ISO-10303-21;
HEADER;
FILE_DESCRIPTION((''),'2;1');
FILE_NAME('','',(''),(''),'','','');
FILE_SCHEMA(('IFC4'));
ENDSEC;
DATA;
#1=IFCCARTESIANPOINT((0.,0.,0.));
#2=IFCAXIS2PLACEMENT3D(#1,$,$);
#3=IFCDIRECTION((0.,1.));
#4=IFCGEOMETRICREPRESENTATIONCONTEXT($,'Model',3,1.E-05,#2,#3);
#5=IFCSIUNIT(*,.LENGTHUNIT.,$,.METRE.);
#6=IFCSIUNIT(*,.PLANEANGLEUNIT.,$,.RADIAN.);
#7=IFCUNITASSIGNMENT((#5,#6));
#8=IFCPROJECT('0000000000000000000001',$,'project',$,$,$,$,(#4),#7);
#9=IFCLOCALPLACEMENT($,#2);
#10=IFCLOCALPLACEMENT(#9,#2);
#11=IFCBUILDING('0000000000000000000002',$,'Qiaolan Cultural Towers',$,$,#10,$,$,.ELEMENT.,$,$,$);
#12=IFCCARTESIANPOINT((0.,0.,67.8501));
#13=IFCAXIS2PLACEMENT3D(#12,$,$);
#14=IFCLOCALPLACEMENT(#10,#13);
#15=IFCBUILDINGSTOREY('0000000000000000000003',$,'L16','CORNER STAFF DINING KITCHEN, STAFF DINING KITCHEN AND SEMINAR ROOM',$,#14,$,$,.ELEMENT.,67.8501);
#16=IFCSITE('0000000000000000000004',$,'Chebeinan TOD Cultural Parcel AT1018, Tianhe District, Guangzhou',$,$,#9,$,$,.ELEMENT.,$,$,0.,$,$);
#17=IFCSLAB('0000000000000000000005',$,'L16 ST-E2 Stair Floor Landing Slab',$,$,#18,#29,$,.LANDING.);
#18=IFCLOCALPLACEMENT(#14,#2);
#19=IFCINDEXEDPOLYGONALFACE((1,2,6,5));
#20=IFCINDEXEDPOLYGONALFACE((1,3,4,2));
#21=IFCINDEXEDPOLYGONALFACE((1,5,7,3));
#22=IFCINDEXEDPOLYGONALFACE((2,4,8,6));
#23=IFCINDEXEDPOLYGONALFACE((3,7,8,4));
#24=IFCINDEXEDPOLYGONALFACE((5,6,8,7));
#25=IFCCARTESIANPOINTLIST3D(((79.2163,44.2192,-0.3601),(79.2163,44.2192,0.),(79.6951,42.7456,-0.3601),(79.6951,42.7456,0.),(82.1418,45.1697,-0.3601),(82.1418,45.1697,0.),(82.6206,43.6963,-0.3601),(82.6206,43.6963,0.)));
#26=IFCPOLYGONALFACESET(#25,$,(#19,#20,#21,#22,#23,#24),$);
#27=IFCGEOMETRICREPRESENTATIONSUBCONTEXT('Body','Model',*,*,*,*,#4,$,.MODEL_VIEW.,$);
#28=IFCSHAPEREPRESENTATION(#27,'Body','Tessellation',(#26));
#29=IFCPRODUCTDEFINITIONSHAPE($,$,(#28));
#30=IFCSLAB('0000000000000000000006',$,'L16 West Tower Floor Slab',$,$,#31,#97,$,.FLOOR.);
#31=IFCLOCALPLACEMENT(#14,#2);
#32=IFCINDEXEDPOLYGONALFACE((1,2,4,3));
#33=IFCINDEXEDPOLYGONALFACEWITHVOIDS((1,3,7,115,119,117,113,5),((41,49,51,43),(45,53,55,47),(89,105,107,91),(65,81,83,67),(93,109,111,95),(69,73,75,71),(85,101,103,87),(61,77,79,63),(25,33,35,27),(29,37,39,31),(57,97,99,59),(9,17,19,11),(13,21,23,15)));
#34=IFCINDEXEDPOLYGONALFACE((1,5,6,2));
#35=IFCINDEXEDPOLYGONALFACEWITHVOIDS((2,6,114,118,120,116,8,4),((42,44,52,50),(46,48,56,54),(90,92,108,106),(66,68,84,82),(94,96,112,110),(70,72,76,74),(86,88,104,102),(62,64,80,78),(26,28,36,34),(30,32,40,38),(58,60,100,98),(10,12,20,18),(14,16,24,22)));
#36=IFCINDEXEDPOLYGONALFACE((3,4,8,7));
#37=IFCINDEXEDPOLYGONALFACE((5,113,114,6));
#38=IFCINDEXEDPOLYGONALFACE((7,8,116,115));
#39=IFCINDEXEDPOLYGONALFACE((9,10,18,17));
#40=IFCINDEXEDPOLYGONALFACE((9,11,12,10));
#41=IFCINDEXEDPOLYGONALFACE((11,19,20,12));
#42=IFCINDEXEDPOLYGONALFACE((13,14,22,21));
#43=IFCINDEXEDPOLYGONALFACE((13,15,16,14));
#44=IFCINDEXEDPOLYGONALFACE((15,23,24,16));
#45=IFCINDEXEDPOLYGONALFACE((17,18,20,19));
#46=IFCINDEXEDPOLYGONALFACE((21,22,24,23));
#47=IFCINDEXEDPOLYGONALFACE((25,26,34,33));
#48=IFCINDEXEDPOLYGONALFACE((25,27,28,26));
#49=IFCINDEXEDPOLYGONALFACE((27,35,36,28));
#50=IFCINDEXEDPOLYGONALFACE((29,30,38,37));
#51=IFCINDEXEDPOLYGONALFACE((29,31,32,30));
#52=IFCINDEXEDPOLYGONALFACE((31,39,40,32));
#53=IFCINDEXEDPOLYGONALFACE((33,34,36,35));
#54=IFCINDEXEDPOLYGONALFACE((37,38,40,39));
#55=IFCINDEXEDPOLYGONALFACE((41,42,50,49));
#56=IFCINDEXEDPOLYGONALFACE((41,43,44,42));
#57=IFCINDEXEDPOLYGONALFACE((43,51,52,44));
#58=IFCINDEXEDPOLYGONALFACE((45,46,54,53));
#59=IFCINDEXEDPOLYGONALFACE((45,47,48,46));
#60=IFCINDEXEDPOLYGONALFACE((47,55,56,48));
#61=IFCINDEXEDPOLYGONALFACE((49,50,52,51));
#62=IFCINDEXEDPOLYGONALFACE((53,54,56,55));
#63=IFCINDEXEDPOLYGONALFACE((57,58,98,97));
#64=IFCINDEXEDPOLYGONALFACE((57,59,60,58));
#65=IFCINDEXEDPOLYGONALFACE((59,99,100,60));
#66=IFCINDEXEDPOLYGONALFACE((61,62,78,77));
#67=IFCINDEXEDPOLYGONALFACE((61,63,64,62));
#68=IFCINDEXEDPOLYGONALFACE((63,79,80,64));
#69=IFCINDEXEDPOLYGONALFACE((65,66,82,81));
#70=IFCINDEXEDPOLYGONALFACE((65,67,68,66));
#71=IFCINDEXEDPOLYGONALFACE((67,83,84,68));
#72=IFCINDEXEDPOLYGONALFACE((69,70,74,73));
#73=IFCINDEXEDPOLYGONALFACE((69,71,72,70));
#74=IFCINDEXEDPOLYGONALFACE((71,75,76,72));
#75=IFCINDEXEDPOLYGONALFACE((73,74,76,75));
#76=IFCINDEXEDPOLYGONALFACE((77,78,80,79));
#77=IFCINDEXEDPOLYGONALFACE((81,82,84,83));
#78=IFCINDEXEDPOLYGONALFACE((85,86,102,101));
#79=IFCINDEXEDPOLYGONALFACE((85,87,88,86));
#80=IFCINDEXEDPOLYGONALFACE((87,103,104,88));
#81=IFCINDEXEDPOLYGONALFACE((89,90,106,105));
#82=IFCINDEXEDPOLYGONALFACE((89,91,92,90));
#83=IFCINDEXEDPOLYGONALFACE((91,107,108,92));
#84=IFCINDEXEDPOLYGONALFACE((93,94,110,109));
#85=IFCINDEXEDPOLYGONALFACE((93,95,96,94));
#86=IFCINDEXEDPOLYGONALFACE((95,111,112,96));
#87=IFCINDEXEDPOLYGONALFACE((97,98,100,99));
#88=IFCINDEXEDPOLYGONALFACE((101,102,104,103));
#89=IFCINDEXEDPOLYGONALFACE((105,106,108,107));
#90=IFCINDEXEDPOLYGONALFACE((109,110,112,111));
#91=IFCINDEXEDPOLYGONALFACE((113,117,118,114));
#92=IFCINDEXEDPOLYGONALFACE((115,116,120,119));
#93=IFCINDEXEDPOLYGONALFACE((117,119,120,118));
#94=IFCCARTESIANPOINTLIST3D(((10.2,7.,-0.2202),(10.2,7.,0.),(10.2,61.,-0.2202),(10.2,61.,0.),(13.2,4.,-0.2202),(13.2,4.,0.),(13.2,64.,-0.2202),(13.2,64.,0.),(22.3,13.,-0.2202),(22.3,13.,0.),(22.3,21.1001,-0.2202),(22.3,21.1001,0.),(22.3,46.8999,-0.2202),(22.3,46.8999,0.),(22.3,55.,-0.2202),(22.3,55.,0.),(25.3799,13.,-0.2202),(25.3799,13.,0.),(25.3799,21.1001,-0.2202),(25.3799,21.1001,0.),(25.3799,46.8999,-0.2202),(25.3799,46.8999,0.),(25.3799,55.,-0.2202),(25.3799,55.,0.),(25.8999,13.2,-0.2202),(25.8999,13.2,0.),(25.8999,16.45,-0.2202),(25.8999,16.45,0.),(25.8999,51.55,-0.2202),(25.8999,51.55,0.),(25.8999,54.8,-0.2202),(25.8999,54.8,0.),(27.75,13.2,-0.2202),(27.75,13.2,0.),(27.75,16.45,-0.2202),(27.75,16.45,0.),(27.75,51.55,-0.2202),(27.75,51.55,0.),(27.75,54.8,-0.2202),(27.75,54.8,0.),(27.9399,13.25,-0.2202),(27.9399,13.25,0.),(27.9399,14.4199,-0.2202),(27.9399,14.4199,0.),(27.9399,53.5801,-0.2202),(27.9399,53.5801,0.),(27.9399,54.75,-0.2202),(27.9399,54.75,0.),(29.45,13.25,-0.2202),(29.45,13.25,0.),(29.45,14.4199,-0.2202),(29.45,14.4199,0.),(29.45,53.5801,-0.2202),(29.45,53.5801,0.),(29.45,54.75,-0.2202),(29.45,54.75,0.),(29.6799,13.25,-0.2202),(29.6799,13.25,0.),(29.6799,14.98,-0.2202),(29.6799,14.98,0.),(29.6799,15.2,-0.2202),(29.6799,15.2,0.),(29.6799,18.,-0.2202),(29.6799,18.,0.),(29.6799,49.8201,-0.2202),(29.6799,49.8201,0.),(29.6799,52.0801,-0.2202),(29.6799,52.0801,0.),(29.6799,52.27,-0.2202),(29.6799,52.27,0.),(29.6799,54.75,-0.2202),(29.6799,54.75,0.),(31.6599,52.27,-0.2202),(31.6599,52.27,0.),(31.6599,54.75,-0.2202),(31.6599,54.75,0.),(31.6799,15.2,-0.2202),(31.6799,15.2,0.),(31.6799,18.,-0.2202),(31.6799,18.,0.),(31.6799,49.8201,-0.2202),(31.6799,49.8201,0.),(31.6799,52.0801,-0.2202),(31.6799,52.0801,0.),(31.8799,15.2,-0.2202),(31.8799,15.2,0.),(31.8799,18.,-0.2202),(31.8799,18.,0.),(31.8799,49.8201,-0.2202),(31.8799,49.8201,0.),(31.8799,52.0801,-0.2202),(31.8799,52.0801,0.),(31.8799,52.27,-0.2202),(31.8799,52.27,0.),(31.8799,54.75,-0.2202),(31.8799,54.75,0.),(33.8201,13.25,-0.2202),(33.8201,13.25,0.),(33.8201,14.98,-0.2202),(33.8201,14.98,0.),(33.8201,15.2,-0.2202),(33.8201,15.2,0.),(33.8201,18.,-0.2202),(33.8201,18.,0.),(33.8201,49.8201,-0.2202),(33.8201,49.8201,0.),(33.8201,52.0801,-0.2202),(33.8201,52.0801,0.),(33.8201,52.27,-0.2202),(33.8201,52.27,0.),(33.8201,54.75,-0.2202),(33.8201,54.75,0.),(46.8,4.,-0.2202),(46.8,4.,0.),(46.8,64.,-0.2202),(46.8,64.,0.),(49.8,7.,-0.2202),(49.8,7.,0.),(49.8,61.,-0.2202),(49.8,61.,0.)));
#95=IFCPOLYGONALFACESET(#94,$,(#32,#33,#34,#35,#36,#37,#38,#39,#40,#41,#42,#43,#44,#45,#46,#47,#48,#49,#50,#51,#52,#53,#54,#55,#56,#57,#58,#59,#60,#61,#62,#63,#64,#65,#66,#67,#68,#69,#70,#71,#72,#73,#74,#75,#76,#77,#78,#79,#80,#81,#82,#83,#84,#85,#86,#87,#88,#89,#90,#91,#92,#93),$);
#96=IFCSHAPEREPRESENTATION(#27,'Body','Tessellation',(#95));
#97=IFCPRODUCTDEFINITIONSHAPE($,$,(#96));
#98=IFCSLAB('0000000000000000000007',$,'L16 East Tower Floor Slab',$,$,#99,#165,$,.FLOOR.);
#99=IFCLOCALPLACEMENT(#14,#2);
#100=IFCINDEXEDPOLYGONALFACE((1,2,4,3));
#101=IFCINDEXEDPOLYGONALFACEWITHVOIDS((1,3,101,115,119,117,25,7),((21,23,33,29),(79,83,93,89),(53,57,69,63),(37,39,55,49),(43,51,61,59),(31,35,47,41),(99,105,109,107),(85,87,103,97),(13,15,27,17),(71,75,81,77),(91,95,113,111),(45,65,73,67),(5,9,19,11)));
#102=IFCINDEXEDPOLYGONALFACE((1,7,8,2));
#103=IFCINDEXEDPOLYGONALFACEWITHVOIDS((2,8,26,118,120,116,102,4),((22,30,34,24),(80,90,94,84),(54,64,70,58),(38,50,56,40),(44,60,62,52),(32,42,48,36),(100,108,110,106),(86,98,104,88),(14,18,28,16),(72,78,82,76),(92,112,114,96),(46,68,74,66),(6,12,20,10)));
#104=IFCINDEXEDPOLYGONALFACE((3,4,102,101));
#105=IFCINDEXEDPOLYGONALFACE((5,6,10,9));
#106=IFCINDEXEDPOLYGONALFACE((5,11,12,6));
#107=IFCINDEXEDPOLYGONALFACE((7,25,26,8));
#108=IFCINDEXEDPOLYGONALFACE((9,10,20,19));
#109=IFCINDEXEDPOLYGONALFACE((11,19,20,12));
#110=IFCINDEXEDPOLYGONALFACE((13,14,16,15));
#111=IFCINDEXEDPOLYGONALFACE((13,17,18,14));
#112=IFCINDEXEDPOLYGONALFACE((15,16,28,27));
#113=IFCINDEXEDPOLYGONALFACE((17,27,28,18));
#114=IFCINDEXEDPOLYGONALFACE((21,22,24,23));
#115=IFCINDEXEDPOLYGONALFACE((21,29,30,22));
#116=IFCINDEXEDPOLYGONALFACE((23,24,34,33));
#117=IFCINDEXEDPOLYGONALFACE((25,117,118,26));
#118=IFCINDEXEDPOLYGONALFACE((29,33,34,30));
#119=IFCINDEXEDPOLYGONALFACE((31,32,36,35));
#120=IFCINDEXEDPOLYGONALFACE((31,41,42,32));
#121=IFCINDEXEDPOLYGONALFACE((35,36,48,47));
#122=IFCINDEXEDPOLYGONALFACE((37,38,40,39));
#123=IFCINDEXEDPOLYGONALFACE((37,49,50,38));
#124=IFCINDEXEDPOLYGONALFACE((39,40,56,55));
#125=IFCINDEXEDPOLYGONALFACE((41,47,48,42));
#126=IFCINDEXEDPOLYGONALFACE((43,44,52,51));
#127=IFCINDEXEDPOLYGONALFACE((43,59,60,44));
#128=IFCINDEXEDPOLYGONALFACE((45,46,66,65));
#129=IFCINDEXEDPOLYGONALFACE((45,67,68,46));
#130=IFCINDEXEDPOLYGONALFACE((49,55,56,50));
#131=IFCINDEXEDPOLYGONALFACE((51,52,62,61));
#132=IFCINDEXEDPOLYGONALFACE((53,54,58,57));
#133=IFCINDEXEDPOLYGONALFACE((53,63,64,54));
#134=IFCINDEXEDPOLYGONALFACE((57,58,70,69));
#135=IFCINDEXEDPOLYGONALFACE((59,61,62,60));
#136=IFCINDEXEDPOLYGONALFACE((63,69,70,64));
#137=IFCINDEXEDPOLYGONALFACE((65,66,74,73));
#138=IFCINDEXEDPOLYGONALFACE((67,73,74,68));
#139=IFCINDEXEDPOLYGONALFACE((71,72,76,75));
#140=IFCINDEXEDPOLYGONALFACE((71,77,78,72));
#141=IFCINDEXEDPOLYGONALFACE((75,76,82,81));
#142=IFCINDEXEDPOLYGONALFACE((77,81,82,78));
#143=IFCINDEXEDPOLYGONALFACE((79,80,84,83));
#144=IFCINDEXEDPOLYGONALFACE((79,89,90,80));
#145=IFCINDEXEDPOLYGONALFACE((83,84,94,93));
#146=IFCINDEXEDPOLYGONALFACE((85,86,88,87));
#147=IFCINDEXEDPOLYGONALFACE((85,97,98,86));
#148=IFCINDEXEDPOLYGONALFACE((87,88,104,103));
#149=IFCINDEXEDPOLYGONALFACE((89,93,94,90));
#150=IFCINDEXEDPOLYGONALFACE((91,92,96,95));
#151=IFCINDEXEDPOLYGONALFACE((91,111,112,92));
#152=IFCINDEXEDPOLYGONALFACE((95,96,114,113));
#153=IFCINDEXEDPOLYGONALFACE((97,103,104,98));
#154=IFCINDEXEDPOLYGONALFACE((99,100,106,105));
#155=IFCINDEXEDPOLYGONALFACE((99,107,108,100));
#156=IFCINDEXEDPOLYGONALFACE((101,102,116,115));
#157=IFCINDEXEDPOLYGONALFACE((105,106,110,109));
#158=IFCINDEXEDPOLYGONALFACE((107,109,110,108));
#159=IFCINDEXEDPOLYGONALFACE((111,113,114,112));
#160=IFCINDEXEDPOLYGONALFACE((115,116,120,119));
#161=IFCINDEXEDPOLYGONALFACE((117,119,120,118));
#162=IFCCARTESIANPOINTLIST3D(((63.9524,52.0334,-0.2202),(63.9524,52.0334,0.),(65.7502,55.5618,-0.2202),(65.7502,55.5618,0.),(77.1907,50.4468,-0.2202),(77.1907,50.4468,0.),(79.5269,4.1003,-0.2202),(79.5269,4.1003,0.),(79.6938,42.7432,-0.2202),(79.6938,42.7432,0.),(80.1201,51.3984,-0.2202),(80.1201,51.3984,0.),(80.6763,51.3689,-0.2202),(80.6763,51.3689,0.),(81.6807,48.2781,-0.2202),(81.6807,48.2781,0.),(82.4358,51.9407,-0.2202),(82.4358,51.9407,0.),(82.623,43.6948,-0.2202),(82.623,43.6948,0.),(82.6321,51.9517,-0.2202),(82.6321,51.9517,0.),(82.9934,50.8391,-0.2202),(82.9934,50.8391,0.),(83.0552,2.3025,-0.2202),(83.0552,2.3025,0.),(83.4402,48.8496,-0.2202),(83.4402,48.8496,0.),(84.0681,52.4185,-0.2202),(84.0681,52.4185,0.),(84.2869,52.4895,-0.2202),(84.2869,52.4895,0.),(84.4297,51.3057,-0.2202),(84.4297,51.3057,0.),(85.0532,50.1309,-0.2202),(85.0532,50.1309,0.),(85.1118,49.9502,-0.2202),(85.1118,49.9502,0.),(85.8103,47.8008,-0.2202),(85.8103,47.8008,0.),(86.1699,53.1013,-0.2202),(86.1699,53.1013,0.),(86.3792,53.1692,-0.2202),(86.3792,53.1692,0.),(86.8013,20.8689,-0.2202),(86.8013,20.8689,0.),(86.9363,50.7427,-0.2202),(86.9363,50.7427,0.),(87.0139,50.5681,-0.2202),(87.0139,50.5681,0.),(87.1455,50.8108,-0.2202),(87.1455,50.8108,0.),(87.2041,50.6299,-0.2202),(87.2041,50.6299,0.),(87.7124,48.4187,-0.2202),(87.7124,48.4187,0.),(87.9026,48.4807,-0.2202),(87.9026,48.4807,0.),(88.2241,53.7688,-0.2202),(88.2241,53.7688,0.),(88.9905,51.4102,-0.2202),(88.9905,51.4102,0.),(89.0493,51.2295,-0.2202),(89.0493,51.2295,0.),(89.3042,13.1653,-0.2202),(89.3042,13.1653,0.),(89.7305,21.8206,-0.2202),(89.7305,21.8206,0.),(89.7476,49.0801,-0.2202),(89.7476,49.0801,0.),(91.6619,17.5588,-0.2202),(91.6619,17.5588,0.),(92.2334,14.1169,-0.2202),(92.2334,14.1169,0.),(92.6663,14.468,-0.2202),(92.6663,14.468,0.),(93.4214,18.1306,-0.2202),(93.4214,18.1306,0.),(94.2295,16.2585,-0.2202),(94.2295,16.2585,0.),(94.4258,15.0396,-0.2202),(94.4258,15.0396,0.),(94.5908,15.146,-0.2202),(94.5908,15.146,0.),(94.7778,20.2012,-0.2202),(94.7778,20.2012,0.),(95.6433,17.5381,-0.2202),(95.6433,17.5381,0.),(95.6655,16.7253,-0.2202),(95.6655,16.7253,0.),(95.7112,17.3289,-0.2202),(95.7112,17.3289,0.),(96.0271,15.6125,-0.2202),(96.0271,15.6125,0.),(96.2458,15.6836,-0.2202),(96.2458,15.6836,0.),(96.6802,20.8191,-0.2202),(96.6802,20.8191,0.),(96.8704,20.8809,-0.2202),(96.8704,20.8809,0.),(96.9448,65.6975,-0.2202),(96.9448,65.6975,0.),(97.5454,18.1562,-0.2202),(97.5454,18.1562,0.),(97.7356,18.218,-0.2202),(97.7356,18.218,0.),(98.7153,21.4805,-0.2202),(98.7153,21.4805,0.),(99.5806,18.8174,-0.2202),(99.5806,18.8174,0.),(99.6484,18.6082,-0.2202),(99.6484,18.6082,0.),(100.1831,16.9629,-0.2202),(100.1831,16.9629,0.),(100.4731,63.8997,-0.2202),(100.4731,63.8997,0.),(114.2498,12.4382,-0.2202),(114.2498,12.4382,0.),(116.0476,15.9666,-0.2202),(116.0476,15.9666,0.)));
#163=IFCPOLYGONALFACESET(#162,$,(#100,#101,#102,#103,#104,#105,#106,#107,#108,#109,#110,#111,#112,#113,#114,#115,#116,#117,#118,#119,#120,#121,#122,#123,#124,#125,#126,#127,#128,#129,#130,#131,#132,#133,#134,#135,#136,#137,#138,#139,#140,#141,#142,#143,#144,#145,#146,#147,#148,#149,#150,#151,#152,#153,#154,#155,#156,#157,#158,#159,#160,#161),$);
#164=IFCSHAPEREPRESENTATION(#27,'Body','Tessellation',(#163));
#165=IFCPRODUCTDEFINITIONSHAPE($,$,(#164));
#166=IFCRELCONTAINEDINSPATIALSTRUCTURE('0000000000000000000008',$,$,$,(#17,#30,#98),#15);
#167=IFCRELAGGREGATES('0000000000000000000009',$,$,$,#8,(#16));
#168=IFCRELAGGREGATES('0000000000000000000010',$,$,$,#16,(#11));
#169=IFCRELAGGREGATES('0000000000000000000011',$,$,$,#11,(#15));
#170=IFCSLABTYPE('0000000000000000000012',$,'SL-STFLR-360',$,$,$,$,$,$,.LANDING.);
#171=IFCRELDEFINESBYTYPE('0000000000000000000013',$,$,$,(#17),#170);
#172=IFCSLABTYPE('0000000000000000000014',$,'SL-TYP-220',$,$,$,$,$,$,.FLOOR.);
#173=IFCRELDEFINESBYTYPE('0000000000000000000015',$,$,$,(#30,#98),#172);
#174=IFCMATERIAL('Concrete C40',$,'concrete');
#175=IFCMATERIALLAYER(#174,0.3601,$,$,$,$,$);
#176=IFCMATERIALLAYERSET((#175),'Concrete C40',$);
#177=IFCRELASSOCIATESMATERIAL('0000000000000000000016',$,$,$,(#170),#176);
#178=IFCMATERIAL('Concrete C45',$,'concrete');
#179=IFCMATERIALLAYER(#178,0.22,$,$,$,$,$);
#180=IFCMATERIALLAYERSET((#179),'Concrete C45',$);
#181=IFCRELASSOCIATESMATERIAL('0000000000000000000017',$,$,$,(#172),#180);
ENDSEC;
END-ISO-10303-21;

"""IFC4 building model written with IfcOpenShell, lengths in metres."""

from ifc_helpers import new_model, si_unit, direction, frame, origin, place, context, subcontext, project, spatial, polyline, outline, extrude, material, layer, layer_set, type_object, element, save


model = new_model("IFC4")

# Units and contexts
model_context = context("Model", 3, precision=1e-05, world=origin(), true_north=direction((0.0, 1.0)))
body_context = subcontext(model_context, "Body", "Model", "MODEL_VIEW")
ifc_project = project(units=[si_unit("LENGTHUNIT", "METRE"), si_unit("PLANEANGLEUNIT", "RADIAN")], contexts=[model_context])

# Site, building, storey
site_placement = place(None, origin())
site = spatial("IfcSite", under=ifc_project, at=site_placement, Name="Chebeinan TOD Cultural Parcel AT1018, Tianhe District, Guangzhou", CompositionType="ELEMENT", RefElevation=0.0)
building_placement = place(site_placement, origin())
building = spatial("IfcBuilding", under=site, at=building_placement, Name="Qiaolan Cultural Towers", CompositionType="ELEMENT")
storey_placement = place(building_placement, frame((0.0, 0.0, 67.8501)))
storey = spatial("IfcBuildingStorey", under=building, at=storey_placement, Name="L16", Description="CORNER STAFF DINING KITCHEN, STAFF DINING KITCHEN AND SEMINAR ROOM", CompositionType="ELEMENT", Elevation=67.8501)

# Slabs
ifc_material_1 = material(Name="Concrete C40", Category="concrete")
ifc_layer_1 = layer(ifc_material_1, 0.3601)
ifc_layer_set_1 = layer_set([ifc_layer_1], Name="Concrete C40")
slab_type_1 = type_object("IfcSlabType", Name="SL-STFLR-360", PredefinedType="LANDING", material=ifc_layer_set_1)
slab_1_placement = place(storey_placement, frame((0.0, 0.0, -0.3601)))
element("IfcSlab", 1, at=slab_1_placement, inside=storey, type_object=slab_type_1, Name="L16 ST-E2 Stair Floor Landing Slab", PredefinedType="LANDING", context=body_context, shape_type="SweptSolid", body=[
    extrude(outline(polyline([(82.6206, 43.6963), (82.1418, 45.1697), (79.2163, 44.2192), (79.6951, 42.7456), (82.6206, 43.6963)])), origin(), (0.0, 0.0, 1.0), 0.3601),
])
ifc_material_2 = material(Name="Concrete C45", Category="concrete")
ifc_layer_2 = layer(ifc_material_2, 0.22)
ifc_layer_set_2 = layer_set([ifc_layer_2], Name="Concrete C45")
slab_type_2 = type_object("IfcSlabType", Name="SL-TYP-220", PredefinedType="FLOOR", material=ifc_layer_set_2)
slab_2_placement = place(storey_placement, frame((0.0, 0.0, -0.2202)))
element("IfcSlab", 2, at=slab_2_placement, inside=storey, type_object=slab_type_2, Name="L16 West Tower Floor Slab", PredefinedType="FLOOR", context=body_context, shape_type="SweptSolid", body=[
    extrude(outline(polyline([(13.2, 4.0), (46.8, 4.0), (49.8, 7.0), (49.8, 61.0), (46.8, 64.0), (13.2, 64.0), (10.2, 61.0), (10.2, 7.0), (13.2, 4.0)]), holes=[polyline([(22.3, 21.1001), (22.3, 13.0), (25.3799, 13.0), (25.3799, 21.1001), (22.3, 21.1001)]), polyline([(25.3799, 46.8999), (25.3799, 55.0), (22.3, 55.0), (22.3, 46.8999), (25.3799, 46.8999)]), polyline([(25.8999, 13.2), (27.75, 13.2), (27.75, 16.45), (25.8999, 16.45), (25.8999, 13.2)]), polyline([(27.9399, 13.25), (29.45, 13.25), (29.45, 14.4199), (27.9399, 14.4199), (27.9399, 13.25)]), polyline([(29.6799, 15.2), (31.6799, 15.2), (31.6799, 18.0), (29.6799, 18.0), (29.6799, 15.2)]), polyline([(31.8799, 15.2), (33.8201, 15.2), (33.8201, 18.0), (31.8799, 18.0), (31.8799, 15.2)]), polyline([(29.6799, 13.25), (33.8201, 13.25), (33.8201, 14.98), (29.6799, 14.98), (29.6799, 13.25)]), polyline([(25.8999, 51.55), (27.75, 51.55), (27.75, 54.8), (25.8999, 54.8), (25.8999, 51.55)]), polyline([(27.9399, 53.5801), (29.45, 53.5801), (29.45, 54.75), (27.9399, 54.75), (27.9399, 53.5801)]), polyline([(29.6799, 49.8201), (31.6799, 49.8201), (31.6799, 52.0801), (29.6799, 52.0801), (29.6799, 49.8201)]), polyline([(31.8799, 49.8201), (33.8201, 49.8201), (33.8201, 52.0801), (31.8799, 52.0801), (31.8799, 49.8201)]), polyline([(29.6799, 52.27), (31.6599, 52.27), (31.6599, 54.75), (29.6799, 54.75), (29.6799, 52.27)]), polyline([(31.8799, 52.27), (33.8201, 52.27), (33.8201, 54.75), (31.8799, 54.75), (31.8799, 52.27)])]), origin(), (0.0, 0.0, 1.0), 0.2202),
])
slab_3_placement = place(storey_placement, frame((0.0, 0.0, -0.2202)))
element("IfcSlab", 3, at=slab_3_placement, inside=storey, type_object=slab_type_2, Name="L16 East Tower Floor Slab", PredefinedType="FLOOR", context=body_context, shape_type="SweptSolid", body=[
    extrude(outline(polyline([(83.0552, 2.3025), (114.2498, 12.4382), (116.0476, 15.9666), (100.4731, 63.8997), (96.9448, 65.6975), (65.7502, 55.5618), (63.9524, 52.0334), (79.5269, 4.1003), (83.0552, 2.3025)]), holes=[polyline([(86.8013, 20.8689), (89.3042, 13.1653), (92.2334, 14.1169), (89.7305, 21.8206), (86.8013, 20.8689)]), polyline([(82.623, 43.6948), (80.1201, 51.3984), (77.1907, 50.4468), (79.6938, 42.7432), (82.623, 43.6948)]), polyline([(92.6663, 14.468), (94.4258, 15.0396), (93.4214, 18.1306), (91.6619, 17.5588), (92.6663, 14.468)]), polyline([(94.5908, 15.146), (96.0271, 15.6125), (95.6655, 16.7253), (94.2295, 16.2585), (94.5908, 15.146)]), polyline([(95.6433, 17.5381), (97.5454, 18.1562), (96.6802, 20.8191), (94.7778, 20.2012), (95.6433, 17.5381)]), polyline([(97.7356, 18.218), (99.5806, 18.8174), (98.7153, 21.4805), (96.8704, 20.8809), (97.7356, 18.218)]), polyline([(96.2458, 15.6836), (100.1831, 16.9629), (99.6484, 18.6082), (95.7112, 17.3289), (96.2458, 15.6836)]), polyline([(81.6807, 48.2781), (83.4402, 48.8496), (82.4358, 51.9407), (80.6763, 51.3689), (81.6807, 48.2781)]), polyline([(82.9934, 50.8391), (84.4297, 51.3057), (84.0681, 52.4185), (82.6321, 51.9517), (82.9934, 50.8391)]), polyline([(85.8103, 47.8008), (87.7124, 48.4187), (87.0139, 50.5681), (85.1118, 49.9502), (85.8103, 47.8008)]), polyline([(87.9026, 48.4807), (89.7476, 49.0801), (89.0493, 51.2295), (87.2041, 50.6299), (87.9026, 48.4807)]), polyline([(85.0532, 50.1309), (86.9363, 50.7427), (86.1699, 53.1013), (84.2869, 52.4895), (85.0532, 50.1309)]), polyline([(87.1455, 50.8108), (88.9905, 51.4102), (88.2241, 53.7688), (86.3792, 53.1692), (87.1455, 50.8108)])]), origin(), (0.0, 0.0, 1.0), 0.2202),
])

save(model, "model.ifc")
